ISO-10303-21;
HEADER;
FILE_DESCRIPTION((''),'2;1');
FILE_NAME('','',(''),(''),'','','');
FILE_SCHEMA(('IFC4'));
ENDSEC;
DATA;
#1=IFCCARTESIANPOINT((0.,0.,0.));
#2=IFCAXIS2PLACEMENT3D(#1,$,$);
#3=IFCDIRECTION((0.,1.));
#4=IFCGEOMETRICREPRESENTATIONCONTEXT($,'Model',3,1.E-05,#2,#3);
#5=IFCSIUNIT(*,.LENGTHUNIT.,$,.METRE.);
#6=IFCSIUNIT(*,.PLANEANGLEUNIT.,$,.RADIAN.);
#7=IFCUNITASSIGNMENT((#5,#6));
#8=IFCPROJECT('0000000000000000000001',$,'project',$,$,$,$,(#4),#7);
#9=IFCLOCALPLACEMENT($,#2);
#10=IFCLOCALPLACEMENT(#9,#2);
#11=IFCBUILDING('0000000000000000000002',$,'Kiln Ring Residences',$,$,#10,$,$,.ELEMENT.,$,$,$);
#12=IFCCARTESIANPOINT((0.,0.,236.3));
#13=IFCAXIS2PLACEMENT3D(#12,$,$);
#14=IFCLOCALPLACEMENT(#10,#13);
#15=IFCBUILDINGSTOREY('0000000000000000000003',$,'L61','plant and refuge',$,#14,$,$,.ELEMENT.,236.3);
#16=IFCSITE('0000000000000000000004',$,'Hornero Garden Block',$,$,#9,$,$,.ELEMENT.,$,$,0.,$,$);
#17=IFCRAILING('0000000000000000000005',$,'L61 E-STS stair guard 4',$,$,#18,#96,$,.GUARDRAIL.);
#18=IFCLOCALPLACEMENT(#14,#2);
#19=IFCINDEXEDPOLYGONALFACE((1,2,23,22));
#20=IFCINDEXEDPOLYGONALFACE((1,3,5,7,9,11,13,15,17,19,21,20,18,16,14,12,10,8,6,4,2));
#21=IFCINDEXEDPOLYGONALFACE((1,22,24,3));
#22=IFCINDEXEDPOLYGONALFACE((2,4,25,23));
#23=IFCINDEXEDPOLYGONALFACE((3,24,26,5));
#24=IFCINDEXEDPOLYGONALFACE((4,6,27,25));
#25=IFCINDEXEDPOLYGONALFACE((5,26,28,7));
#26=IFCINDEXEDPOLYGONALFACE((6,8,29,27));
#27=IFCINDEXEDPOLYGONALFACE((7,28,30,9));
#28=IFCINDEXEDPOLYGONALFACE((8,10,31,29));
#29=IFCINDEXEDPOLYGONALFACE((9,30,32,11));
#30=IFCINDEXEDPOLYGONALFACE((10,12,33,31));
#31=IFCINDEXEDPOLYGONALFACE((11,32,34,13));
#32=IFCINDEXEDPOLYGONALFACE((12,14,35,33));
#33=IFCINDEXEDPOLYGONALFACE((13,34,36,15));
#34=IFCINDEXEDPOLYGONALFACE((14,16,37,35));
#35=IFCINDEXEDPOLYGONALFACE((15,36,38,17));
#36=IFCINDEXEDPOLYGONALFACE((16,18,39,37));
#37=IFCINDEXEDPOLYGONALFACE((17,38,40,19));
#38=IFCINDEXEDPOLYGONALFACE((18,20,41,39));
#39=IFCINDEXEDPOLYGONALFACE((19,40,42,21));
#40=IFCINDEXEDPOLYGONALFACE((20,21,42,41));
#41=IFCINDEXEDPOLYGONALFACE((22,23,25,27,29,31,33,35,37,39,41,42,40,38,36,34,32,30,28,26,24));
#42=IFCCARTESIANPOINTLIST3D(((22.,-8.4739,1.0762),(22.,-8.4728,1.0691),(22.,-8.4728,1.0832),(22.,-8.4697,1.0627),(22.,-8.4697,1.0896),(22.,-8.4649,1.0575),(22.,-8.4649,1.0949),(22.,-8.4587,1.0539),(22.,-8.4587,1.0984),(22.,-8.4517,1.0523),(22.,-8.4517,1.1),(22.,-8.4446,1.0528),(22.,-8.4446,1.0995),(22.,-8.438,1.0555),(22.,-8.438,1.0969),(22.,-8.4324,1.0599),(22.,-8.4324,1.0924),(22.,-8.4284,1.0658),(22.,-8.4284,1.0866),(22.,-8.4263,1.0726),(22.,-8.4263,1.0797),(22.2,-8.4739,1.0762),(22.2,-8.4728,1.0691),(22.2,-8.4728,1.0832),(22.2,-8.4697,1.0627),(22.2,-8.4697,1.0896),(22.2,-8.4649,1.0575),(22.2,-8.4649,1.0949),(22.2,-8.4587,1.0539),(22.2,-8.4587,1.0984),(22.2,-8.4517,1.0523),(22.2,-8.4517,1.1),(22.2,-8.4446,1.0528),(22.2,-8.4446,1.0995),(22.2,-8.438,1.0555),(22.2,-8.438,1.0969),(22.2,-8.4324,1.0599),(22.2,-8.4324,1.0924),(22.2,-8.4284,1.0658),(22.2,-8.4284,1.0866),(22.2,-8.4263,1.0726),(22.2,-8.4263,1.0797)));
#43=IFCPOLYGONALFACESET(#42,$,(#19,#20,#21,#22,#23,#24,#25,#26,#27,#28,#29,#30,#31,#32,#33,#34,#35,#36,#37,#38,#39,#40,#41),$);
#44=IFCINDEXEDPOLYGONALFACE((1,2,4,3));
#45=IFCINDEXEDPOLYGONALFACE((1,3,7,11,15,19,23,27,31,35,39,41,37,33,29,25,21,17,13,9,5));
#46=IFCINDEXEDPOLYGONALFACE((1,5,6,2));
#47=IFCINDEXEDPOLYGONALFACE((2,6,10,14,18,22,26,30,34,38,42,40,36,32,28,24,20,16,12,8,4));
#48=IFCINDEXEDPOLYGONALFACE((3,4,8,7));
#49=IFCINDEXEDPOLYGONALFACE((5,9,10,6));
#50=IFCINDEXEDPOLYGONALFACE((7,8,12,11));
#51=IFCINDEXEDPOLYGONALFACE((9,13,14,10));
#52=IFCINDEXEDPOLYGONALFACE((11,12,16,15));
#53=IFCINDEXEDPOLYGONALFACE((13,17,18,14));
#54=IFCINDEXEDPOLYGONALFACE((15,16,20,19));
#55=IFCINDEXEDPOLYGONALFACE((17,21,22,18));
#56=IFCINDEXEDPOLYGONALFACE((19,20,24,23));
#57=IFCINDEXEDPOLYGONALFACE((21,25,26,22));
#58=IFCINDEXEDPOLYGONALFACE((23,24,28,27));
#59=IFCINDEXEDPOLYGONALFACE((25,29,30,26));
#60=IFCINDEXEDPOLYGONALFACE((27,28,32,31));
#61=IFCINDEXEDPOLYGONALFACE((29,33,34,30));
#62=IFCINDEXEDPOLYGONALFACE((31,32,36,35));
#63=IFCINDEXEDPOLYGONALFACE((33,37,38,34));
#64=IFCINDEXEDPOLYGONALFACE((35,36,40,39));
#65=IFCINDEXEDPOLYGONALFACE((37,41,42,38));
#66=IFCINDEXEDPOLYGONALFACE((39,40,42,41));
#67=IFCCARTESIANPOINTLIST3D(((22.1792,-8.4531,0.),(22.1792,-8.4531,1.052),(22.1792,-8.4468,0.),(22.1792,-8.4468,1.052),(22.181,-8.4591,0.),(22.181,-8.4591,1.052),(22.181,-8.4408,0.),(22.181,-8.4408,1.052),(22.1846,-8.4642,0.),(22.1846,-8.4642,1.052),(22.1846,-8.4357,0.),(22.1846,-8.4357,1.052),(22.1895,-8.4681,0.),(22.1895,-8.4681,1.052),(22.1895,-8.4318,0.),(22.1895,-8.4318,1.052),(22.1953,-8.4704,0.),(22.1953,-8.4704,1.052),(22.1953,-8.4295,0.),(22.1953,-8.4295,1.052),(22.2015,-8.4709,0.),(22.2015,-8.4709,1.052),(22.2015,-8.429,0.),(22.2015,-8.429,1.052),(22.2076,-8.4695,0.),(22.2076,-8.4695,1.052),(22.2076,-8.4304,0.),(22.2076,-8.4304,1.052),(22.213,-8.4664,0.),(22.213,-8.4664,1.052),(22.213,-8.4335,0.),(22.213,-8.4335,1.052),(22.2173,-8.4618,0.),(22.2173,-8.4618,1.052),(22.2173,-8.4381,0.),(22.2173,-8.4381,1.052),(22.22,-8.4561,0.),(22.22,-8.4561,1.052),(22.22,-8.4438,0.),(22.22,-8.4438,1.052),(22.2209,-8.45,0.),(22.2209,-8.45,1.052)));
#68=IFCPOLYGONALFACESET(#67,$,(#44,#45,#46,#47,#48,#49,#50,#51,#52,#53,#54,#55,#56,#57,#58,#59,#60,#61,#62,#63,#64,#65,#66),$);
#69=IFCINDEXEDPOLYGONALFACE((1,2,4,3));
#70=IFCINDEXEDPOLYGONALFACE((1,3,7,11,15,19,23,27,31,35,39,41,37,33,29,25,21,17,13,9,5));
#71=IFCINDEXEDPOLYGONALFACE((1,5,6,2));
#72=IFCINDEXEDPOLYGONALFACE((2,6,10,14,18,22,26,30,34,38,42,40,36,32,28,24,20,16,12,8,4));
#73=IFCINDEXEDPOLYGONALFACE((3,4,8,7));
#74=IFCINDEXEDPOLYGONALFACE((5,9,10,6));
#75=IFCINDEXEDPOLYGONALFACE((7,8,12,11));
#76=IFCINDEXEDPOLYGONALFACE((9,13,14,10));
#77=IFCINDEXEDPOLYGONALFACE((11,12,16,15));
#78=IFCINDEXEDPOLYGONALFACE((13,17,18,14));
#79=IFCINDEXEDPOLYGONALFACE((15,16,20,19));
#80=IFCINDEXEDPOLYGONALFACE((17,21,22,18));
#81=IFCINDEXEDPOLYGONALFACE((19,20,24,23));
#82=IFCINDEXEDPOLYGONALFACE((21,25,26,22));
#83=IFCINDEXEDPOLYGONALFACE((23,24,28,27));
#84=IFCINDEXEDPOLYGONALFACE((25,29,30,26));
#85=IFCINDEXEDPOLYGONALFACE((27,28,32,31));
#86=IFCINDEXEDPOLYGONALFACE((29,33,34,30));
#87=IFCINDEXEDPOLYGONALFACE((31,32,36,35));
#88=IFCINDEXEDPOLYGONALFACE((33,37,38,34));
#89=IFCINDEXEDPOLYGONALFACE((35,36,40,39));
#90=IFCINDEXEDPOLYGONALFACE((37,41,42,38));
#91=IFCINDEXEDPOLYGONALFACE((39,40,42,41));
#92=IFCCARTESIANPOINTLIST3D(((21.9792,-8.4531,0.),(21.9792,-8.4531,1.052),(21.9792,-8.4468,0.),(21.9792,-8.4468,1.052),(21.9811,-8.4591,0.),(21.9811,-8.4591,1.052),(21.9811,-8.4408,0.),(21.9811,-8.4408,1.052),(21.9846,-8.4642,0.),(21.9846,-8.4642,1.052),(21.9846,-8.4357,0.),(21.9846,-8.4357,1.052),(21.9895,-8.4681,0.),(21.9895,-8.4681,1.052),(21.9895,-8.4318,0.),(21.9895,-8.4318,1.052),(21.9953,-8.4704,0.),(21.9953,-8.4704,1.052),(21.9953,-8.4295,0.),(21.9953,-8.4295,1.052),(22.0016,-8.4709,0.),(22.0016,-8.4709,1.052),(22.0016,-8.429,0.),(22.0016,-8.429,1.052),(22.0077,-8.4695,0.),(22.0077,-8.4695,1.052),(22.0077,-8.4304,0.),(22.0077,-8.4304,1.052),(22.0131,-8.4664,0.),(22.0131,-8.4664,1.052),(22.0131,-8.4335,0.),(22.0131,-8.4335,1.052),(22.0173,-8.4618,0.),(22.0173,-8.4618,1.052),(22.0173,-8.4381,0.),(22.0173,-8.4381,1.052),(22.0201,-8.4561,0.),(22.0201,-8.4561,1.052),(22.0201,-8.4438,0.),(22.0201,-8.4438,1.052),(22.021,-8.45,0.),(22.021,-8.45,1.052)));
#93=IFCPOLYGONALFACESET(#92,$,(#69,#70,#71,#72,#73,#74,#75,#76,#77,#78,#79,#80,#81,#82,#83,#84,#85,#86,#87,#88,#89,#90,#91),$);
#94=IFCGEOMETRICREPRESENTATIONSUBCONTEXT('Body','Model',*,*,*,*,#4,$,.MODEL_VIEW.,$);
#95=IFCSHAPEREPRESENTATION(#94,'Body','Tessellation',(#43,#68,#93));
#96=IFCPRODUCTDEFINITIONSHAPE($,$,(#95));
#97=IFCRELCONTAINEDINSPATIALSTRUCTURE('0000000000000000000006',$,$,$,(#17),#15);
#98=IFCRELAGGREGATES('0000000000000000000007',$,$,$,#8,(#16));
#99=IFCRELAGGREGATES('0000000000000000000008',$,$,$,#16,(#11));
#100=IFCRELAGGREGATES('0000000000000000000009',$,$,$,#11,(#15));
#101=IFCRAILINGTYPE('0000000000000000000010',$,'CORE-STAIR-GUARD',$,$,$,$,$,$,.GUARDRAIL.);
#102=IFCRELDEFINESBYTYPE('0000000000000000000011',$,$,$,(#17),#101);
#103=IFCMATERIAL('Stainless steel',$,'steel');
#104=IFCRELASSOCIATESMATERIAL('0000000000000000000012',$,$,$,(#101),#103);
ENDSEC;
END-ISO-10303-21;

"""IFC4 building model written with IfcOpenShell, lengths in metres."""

from ifc_helpers import new_model, si_unit, direction, frame, origin, origin_2d, place, context, subcontext, project, spatial, circle, extrude, material, type_object, element, save


model = new_model("IFC4")

# Units and contexts
model_context = context("Model", 3, precision=1e-05, world=origin(), true_north=direction((0.0, 1.0)))
body_context = subcontext(model_context, "Body", "Model", "MODEL_VIEW")
ifc_project = project(units=[si_unit("LENGTHUNIT", "METRE"), si_unit("PLANEANGLEUNIT", "RADIAN")], contexts=[model_context])

# Site, building, storey
site_placement = place(None, origin())
site = spatial("IfcSite", under=ifc_project, at=site_placement, Name="Hornero Garden Block", CompositionType="ELEMENT", RefElevation=0.0)
building_placement = place(site_placement, origin())
building = spatial("IfcBuilding", under=site, at=building_placement, Name="Kiln Ring Residences", CompositionType="ELEMENT")
storey_placement = place(building_placement, frame((0.0, 0.0, 236.3)))
storey = spatial("IfcBuildingStorey", under=building, at=storey_placement, Name="L61", Description="plant and refuge", CompositionType="ELEMENT", Elevation=236.3)

# Railing
ifc_material_1 = material(Name="Stainless steel", Category="steel")
railing_type_1 = type_object("IfcRailingType", Name="CORE-STAIR-GUARD", PredefinedType="GUARDRAIL", material=ifc_material_1)
railing_1_placement = place(storey_placement, frame((22.2, -8.45, 0.0)))
element("IfcRailing", 1, at=railing_1_placement, inside=storey, type_object=railing_type_1, Name="L61 E-STS stair guard 4", PredefinedType="GUARDRAIL", context=body_context, shape_type="SweptSolid", body=[
    extrude(circle(Radius=0.0239, at=origin_2d()), frame((0.0, 0.0, 1.0762), z_axis=(-1.0, 0.0, 0.0), x_axis=(0.0, -1.0, 0.0)), (0.0, 0.0, 1.0), 0.2),
    extrude(circle(Radius=0.021, at=origin_2d()), origin(), (0.0, 0.0, 1.0), 1.052),
    extrude(circle(Radius=0.021, at=origin_2d()), frame((-0.2, 0.0, 0.0)), (0.0, 0.0, 1.0), 1.052),
])

save(model, "model.ifc")
